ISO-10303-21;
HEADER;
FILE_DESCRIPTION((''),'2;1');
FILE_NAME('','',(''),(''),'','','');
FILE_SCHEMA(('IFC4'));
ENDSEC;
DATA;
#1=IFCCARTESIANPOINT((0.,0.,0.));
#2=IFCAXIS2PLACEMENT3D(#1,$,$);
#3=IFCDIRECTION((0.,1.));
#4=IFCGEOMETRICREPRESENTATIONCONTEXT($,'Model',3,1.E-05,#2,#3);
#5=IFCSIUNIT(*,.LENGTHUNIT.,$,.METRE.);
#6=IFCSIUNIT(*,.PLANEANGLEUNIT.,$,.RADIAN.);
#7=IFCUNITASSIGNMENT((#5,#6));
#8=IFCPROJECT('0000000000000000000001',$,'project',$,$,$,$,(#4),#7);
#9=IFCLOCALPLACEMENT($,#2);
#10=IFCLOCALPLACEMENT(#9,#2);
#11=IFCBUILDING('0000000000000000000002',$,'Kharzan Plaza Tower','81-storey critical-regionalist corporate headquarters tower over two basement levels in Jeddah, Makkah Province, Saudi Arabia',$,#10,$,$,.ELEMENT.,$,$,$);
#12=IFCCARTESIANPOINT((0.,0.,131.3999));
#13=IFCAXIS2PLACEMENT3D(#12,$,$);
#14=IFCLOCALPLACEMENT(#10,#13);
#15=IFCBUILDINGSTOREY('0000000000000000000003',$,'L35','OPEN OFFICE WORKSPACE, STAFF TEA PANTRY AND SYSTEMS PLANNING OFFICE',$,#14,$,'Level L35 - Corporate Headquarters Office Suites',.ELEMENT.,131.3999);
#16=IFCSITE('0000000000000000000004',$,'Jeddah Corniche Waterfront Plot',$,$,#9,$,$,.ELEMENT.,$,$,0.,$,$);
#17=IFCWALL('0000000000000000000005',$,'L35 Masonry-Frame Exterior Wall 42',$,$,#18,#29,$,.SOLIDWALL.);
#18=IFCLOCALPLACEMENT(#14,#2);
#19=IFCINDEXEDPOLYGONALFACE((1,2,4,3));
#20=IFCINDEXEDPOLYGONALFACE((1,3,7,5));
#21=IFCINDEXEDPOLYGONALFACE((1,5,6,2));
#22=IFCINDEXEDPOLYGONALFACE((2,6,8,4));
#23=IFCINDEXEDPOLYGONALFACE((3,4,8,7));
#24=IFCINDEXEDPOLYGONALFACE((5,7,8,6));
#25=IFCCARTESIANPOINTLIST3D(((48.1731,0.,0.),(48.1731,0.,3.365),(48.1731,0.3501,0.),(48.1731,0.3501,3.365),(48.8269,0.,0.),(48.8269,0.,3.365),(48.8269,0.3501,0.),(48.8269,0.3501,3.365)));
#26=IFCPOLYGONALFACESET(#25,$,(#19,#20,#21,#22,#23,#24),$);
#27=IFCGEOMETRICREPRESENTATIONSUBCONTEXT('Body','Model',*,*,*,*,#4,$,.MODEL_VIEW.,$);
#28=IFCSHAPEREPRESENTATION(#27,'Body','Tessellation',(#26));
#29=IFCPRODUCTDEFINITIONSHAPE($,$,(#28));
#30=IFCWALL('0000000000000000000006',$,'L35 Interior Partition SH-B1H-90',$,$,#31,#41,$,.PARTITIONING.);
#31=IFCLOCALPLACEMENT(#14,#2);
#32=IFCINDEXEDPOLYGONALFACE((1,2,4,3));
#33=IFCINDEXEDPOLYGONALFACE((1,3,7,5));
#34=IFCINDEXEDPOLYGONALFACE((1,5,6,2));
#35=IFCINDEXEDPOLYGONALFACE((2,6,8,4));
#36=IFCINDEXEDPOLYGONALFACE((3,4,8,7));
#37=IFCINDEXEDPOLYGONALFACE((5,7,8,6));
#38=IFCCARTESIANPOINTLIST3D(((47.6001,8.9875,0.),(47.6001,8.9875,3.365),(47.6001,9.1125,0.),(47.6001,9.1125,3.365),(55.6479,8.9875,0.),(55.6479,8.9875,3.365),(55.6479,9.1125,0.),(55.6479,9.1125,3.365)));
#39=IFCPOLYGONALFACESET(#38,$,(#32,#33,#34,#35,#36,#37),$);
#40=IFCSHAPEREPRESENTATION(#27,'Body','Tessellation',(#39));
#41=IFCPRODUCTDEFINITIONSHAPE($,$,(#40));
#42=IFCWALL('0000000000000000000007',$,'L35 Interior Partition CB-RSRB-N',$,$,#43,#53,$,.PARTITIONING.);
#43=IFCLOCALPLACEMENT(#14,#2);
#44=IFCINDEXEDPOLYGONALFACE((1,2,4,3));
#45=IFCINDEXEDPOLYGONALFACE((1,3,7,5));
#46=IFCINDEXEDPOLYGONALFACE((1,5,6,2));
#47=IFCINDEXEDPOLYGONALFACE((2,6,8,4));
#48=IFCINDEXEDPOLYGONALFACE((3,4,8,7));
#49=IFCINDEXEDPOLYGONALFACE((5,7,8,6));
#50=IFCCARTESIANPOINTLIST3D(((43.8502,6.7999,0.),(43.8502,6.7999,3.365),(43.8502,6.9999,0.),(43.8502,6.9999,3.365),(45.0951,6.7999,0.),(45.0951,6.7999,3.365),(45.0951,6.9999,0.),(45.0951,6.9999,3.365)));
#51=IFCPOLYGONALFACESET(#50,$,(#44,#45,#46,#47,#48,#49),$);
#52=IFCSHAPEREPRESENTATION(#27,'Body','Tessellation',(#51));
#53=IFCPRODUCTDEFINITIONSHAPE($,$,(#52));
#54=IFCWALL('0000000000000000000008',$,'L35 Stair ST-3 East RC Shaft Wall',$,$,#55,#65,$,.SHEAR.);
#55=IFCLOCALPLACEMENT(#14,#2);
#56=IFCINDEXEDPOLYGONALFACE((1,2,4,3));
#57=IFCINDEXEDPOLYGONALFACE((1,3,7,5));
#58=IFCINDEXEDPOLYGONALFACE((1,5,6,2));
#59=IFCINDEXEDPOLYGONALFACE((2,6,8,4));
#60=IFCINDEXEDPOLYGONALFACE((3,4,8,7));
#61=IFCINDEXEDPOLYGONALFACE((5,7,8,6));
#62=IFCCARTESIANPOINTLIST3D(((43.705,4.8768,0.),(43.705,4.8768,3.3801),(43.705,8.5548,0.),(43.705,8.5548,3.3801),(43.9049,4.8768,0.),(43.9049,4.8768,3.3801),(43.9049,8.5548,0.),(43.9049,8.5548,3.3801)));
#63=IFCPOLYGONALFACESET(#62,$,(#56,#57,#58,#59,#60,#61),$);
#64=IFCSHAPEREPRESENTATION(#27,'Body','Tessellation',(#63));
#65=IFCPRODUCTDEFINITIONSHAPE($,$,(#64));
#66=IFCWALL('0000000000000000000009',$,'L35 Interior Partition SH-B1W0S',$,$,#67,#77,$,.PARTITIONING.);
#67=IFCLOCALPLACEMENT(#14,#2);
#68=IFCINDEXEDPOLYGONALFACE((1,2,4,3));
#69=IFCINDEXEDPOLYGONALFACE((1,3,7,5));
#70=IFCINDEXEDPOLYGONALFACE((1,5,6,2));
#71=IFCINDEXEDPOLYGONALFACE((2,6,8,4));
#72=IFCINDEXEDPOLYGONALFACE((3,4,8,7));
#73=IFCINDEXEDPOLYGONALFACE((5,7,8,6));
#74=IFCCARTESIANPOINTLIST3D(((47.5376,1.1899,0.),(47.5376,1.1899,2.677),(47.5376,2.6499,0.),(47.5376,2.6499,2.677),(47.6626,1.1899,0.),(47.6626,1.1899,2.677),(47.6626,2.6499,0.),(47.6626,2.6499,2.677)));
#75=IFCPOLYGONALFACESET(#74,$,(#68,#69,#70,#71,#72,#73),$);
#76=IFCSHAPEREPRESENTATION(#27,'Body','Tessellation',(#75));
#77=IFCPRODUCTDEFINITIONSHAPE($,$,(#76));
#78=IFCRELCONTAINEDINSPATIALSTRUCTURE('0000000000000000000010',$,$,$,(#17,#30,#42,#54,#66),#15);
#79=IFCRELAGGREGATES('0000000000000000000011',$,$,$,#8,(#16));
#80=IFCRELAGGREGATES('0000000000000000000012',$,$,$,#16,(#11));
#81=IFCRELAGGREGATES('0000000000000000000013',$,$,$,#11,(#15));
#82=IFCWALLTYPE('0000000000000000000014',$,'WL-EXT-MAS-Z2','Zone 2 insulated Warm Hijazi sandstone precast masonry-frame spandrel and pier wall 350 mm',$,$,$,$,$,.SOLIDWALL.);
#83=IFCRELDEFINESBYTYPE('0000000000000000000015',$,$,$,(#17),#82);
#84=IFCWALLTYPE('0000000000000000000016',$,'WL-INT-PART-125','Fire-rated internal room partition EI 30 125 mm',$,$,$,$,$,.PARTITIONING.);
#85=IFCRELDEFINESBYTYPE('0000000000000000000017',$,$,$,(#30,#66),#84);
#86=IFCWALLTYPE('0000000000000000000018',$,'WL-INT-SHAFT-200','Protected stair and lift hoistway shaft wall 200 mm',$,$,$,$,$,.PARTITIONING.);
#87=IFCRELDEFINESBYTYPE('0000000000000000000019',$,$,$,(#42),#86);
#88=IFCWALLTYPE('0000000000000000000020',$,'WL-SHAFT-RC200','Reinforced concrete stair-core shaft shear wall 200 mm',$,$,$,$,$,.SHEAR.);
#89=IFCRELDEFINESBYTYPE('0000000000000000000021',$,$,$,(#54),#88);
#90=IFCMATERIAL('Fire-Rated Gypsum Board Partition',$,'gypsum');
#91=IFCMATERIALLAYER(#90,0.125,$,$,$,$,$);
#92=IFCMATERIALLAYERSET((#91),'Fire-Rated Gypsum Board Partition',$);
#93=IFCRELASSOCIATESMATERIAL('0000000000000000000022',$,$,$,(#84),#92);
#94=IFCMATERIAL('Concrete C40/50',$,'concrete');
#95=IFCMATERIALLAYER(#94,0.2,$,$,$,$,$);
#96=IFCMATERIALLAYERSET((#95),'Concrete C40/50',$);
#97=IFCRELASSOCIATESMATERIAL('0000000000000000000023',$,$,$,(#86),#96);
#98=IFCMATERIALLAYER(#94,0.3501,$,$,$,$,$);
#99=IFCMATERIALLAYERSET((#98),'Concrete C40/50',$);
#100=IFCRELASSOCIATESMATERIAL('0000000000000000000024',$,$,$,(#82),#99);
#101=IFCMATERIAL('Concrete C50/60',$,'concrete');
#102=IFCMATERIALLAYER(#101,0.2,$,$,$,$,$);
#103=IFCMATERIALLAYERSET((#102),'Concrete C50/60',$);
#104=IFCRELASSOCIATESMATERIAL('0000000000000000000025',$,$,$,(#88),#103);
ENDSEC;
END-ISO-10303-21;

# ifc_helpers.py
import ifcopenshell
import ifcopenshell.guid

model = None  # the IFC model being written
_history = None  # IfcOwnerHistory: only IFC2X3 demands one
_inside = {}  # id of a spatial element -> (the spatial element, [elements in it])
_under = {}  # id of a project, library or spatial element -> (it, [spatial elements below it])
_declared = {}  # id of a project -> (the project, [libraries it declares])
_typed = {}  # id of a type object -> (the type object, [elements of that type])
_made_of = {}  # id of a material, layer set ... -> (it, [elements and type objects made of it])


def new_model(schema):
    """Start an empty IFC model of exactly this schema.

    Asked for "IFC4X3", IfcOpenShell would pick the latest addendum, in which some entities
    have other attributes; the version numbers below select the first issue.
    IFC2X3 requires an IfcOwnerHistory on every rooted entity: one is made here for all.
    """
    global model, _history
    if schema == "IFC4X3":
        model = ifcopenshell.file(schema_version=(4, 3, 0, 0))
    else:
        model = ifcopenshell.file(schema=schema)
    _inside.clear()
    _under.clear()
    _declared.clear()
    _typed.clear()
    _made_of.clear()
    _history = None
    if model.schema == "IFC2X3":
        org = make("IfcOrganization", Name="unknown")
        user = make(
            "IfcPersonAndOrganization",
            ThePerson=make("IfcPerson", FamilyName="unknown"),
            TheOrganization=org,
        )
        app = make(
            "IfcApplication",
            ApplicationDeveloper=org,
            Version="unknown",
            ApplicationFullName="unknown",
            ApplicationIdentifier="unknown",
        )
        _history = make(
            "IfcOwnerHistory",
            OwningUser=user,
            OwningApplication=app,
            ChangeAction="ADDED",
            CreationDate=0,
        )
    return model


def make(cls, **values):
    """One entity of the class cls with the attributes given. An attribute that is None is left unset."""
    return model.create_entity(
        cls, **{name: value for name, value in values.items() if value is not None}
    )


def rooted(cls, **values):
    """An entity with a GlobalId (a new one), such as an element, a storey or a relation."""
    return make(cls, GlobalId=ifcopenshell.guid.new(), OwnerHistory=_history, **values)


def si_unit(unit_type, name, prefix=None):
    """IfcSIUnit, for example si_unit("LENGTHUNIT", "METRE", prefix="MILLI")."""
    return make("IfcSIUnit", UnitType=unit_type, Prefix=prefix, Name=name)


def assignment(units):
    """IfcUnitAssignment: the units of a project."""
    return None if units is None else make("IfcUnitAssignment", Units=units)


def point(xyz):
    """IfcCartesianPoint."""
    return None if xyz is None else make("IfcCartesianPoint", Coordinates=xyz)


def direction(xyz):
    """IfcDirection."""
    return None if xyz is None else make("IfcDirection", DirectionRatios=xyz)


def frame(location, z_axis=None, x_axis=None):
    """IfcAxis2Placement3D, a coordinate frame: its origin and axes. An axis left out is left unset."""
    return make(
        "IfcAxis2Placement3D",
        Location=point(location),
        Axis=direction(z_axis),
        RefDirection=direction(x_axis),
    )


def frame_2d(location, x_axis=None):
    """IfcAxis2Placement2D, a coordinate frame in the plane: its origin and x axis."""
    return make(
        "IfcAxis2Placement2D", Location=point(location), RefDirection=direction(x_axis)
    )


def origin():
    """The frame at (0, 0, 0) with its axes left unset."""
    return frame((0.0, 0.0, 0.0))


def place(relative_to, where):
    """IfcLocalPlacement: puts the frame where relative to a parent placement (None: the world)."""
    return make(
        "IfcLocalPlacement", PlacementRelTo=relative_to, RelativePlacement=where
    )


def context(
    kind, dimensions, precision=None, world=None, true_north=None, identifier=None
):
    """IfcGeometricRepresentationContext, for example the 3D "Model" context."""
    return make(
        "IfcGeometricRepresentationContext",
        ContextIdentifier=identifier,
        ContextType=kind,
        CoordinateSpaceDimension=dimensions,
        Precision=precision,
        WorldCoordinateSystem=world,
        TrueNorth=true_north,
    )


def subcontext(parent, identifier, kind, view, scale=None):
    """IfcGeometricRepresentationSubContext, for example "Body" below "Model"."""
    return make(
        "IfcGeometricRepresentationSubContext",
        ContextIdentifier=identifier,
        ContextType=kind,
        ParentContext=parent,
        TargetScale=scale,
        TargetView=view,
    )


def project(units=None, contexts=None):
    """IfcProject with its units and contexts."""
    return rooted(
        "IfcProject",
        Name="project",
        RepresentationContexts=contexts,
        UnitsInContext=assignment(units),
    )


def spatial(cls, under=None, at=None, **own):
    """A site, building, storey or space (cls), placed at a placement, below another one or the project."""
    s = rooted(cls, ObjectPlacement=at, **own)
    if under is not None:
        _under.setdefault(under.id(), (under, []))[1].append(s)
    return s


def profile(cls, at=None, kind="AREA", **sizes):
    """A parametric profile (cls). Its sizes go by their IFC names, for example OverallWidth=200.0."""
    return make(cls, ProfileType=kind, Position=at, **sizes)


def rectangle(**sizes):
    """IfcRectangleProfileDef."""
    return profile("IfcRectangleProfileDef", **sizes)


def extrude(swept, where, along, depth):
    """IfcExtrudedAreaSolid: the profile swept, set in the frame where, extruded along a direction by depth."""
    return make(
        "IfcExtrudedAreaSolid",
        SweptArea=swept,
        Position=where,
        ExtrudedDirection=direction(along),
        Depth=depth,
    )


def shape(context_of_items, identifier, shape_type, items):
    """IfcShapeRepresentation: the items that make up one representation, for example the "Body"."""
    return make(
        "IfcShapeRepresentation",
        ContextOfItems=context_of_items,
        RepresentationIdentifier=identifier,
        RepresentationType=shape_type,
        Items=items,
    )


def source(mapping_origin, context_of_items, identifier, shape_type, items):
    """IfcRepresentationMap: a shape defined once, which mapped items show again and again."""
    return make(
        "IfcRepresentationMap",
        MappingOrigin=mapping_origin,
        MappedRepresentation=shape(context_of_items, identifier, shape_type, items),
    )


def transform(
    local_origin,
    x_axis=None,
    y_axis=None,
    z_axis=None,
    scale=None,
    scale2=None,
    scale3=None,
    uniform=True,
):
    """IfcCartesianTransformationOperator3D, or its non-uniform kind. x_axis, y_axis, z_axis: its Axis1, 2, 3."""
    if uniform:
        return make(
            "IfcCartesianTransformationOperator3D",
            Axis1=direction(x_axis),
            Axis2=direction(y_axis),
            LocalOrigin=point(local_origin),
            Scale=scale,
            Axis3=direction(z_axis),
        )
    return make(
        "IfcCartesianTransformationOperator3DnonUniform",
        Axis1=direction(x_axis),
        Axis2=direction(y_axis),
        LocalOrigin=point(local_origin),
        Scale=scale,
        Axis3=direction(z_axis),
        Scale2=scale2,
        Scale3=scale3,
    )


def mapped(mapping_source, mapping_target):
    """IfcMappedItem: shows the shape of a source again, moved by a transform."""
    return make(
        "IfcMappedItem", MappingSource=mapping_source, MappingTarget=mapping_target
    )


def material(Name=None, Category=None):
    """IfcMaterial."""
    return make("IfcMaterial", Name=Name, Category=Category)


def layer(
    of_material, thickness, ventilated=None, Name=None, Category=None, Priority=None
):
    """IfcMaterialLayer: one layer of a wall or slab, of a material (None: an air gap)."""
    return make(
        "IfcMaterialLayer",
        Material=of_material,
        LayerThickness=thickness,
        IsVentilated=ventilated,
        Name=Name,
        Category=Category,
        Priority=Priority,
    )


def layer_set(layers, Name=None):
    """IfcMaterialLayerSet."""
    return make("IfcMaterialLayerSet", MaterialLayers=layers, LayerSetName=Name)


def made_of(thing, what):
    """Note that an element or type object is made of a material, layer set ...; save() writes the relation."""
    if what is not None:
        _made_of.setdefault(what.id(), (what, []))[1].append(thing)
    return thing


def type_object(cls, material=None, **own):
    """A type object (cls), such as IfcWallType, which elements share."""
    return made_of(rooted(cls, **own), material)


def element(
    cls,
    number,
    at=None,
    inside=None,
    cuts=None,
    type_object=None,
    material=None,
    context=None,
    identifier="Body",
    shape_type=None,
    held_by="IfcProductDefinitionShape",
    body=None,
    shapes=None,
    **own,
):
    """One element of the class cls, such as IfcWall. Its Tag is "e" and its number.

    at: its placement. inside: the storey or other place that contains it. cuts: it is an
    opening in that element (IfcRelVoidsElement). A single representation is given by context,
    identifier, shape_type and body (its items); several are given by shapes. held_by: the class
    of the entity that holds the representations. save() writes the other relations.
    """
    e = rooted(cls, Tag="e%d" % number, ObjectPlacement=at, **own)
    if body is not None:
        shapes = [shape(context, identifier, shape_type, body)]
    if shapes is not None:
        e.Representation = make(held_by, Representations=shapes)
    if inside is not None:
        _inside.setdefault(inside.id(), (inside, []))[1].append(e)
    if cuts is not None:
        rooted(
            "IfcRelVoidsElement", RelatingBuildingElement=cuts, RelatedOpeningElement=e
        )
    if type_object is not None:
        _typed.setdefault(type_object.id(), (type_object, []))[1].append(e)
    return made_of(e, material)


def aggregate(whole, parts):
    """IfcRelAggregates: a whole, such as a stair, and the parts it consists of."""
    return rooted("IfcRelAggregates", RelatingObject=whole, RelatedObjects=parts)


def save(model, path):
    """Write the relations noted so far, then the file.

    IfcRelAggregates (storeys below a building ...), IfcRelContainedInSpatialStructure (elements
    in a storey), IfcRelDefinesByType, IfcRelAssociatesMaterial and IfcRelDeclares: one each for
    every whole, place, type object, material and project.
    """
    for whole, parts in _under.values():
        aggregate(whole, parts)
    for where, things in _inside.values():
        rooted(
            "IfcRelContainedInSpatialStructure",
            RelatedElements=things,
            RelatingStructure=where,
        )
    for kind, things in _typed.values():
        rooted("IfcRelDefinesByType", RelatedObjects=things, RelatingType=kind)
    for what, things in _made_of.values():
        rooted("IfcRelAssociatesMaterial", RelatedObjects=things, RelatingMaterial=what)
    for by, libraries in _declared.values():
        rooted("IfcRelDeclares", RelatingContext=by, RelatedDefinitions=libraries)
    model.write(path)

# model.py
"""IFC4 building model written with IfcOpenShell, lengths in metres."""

from ifc_helpers import new_model, si_unit, direction, frame, frame_2d, origin, place, context, subcontext, project, spatial, rectangle, extrude, source, transform, mapped, material, layer, layer_set, type_object, element, save


model = new_model("IFC4")

# Units and contexts
model_context = context("Model", 3, precision=1e-05, world=origin(), true_north=direction((0.0, 1.0)))
body_context = subcontext(model_context, "Body", "Model", "MODEL_VIEW")
ifc_project = project(units=[si_unit("LENGTHUNIT", "METRE"), si_unit("PLANEANGLEUNIT", "RADIAN")], contexts=[model_context])

# Site, building, storey
site_placement = place(None, origin())
site = spatial("IfcSite", under=ifc_project, at=site_placement, Name="Jeddah Corniche Waterfront Plot", CompositionType="ELEMENT", RefElevation=0.0)
building_placement = place(site_placement, origin())
building = spatial("IfcBuilding", under=site, at=building_placement, Name="Kharzan Plaza Tower", Description="81-storey critical-regionalist corporate headquarters tower over two basement levels in Jeddah, Makkah Province, Saudi Arabia", CompositionType="ELEMENT")
storey_placement = place(building_placement, frame((0.0, 0.0, 131.3999)))
storey = spatial("IfcBuildingStorey", under=building, at=storey_placement, Name="L35", Description="OPEN OFFICE WORKSPACE, STAFF TEA PANTRY AND SYSTEMS PLANNING OFFICE", LongName="Level L35 - Corporate Headquarters Office Suites", CompositionType="ELEMENT", Elevation=131.3999)

# Shared definitions
ifc_material_1 = material(Name="Concrete C50/60", Category="concrete")

# Shared definitions
ifc_material_2 = material(Name="Fire-Rated Gypsum Board Partition", Category="gypsum")
ifc_layer_1 = layer(ifc_material_2, 0.125)
ifc_layer_set_1 = layer_set([ifc_layer_1], Name="Fire-Rated Gypsum Board Partition")
wall_type_1 = type_object("IfcWallType", Name="WL-INT-PART-125", Description="Fire-rated internal room partition EI 30 125 mm", PredefinedType="PARTITIONING", material=ifc_layer_set_1)
ifc_material_3 = material(Name="Concrete C40/50", Category="concrete")
ifc_layer_2 = layer(ifc_material_3, 0.2)
ifc_layer_set_2 = layer_set([ifc_layer_2], Name="Concrete C40/50")
wall_type_2 = type_object("IfcWallType", Name="WL-INT-SHAFT-200", Description="Protected stair and lift hoistway shaft wall 200 mm", PredefinedType="PARTITIONING", material=ifc_layer_set_2)

# Walls
ifc_layer_3 = layer(ifc_material_3, 0.3501)
ifc_layer_set_3 = layer_set([ifc_layer_3], Name="Concrete C40/50")
wall_type_3 = type_object("IfcWallType", Name="WL-EXT-MAS-Z2", Description="Zone 2 insulated Warm Hijazi sandstone precast masonry-frame spandrel and pier wall 350 mm", PredefinedType="SOLIDWALL", material=ifc_layer_set_3)
shared_shape_1 = source(origin(), body_context, "Body", "SweptSolid", [
    extrude(rectangle(XDim=0.6538, YDim=0.3501, at=frame_2d((0.3269, 0.0))), origin(), (0.0, 0.0, 1.0), 3.365),
])
wall_1_placement = place(storey_placement, frame((48.1731, 0.175, 0.0), z_axis=(0.0, 0.0, 1.0), x_axis=(1.0, 0.0, 0.0)))
element("IfcWall", 1, at=wall_1_placement, inside=storey, type_object=wall_type_3, Name="L35 Masonry-Frame Exterior Wall 42", PredefinedType="SOLIDWALL", context=body_context, shape_type="MappedRepresentation", body=[
    mapped(shared_shape_1, transform((0.0, 0.0, 0.0), x_axis=(1.0, 0.0, 0.0), y_axis=(0.0, 1.0, 0.0), z_axis=(0.0, 0.0, 1.0))),
])
shared_shape_2 = source(origin(), body_context, "Body", "SweptSolid", [
    extrude(rectangle(XDim=8.0479, YDim=0.125, at=frame_2d((4.0239, 0.0))), origin(), (0.0, 0.0, 1.0), 3.365),
])
wall_2_placement = place(storey_placement, frame((47.6001, 9.05, 0.0), z_axis=(0.0, 0.0, 1.0), x_axis=(1.0, 0.0, 0.0)))
element("IfcWall", 2, at=wall_2_placement, inside=storey, type_object=wall_type_1, Name="L35 Interior Partition SH-B1H-90", PredefinedType="PARTITIONING", context=body_context, shape_type="MappedRepresentation", body=[
    mapped(shared_shape_2, transform((0.0, 0.0, 0.0), x_axis=(1.0, 0.0, 0.0), y_axis=(0.0, 1.0, 0.0), z_axis=(0.0, 0.0, 1.0))),
])
shared_shape_3 = source(origin(), body_context, "Body", "SweptSolid", [
    extrude(rectangle(XDim=1.2449, YDim=0.2, at=frame_2d((0.6226, 0.0))), origin(), (0.0, 0.0, 1.0), 3.365),
])
wall_3_placement = place(storey_placement, frame((43.8501, 6.8999, 0.0), z_axis=(0.0, 0.0, 1.0), x_axis=(1.0, 0.0, 0.0)))
element("IfcWall", 3, at=wall_3_placement, inside=storey, type_object=wall_type_2, Name="L35 Interior Partition CB-RSRB-N", PredefinedType="PARTITIONING", context=body_context, shape_type="MappedRepresentation", body=[
    mapped(shared_shape_3, transform((0.0, 0.0, 0.0), x_axis=(1.0, 0.0, 0.0), y_axis=(0.0, 1.0, 0.0), z_axis=(0.0, 0.0, 1.0))),
])
ifc_layer_4 = layer(ifc_material_1, 0.2)
ifc_layer_set_4 = layer_set([ifc_layer_4], Name="Concrete C50/60")
wall_type_4 = type_object("IfcWallType", Name="WL-SHAFT-RC200", Description="Reinforced concrete stair-core shaft shear wall 200 mm", PredefinedType="SHEAR", material=ifc_layer_set_4)
shared_shape_4 = source(origin(), body_context, "Body", "SweptSolid", [
    extrude(rectangle(XDim=3.678, YDim=0.2, at=frame_2d((1.8389, 0.0))), origin(), (0.0, 0.0, 1.0), 3.3801),
])
wall_4_placement = place(storey_placement, frame((43.8049, 4.877, 0.0), z_axis=(0.0, 0.0, 1.0), x_axis=(0.0, 1.0, 0.0)))
element("IfcWall", 4, at=wall_4_placement, inside=storey, type_object=wall_type_4, Name="L35 Stair ST-3 East RC Shaft Wall", PredefinedType="SHEAR", context=body_context, shape_type="MappedRepresentation", body=[
    mapped(shared_shape_4, transform((0.0, 0.0, 0.0), x_axis=(1.0, 0.0, 0.0), y_axis=(0.0, 1.0, 0.0), z_axis=(0.0, 0.0, 1.0))),
])
shared_shape_5 = source(origin(), body_context, "Body", "SweptSolid", [
    extrude(rectangle(XDim=1.46, YDim=0.125, at=frame_2d((0.73, 0.0))), origin(), (0.0, 0.0, 1.0), 2.677),
])
wall_5_placement = place(storey_placement, frame((47.6001, 1.1899, 0.0), z_axis=(0.0, 0.0, 1.0), x_axis=(0.0, 1.0, 0.0)))
element("IfcWall", 5, at=wall_5_placement, inside=storey, type_object=wall_type_1, Name="L35 Interior Partition SH-B1W0S", PredefinedType="PARTITIONING", context=body_context, shape_type="MappedRepresentation", body=[
    mapped(shared_shape_5, transform((0.0, 0.0, 0.0), x_axis=(1.0, 0.0, 0.0), y_axis=(0.0, 1.0, 0.0), z_axis=(0.0, 0.0, 1.0))),
])

save(model, "model.ifc")
